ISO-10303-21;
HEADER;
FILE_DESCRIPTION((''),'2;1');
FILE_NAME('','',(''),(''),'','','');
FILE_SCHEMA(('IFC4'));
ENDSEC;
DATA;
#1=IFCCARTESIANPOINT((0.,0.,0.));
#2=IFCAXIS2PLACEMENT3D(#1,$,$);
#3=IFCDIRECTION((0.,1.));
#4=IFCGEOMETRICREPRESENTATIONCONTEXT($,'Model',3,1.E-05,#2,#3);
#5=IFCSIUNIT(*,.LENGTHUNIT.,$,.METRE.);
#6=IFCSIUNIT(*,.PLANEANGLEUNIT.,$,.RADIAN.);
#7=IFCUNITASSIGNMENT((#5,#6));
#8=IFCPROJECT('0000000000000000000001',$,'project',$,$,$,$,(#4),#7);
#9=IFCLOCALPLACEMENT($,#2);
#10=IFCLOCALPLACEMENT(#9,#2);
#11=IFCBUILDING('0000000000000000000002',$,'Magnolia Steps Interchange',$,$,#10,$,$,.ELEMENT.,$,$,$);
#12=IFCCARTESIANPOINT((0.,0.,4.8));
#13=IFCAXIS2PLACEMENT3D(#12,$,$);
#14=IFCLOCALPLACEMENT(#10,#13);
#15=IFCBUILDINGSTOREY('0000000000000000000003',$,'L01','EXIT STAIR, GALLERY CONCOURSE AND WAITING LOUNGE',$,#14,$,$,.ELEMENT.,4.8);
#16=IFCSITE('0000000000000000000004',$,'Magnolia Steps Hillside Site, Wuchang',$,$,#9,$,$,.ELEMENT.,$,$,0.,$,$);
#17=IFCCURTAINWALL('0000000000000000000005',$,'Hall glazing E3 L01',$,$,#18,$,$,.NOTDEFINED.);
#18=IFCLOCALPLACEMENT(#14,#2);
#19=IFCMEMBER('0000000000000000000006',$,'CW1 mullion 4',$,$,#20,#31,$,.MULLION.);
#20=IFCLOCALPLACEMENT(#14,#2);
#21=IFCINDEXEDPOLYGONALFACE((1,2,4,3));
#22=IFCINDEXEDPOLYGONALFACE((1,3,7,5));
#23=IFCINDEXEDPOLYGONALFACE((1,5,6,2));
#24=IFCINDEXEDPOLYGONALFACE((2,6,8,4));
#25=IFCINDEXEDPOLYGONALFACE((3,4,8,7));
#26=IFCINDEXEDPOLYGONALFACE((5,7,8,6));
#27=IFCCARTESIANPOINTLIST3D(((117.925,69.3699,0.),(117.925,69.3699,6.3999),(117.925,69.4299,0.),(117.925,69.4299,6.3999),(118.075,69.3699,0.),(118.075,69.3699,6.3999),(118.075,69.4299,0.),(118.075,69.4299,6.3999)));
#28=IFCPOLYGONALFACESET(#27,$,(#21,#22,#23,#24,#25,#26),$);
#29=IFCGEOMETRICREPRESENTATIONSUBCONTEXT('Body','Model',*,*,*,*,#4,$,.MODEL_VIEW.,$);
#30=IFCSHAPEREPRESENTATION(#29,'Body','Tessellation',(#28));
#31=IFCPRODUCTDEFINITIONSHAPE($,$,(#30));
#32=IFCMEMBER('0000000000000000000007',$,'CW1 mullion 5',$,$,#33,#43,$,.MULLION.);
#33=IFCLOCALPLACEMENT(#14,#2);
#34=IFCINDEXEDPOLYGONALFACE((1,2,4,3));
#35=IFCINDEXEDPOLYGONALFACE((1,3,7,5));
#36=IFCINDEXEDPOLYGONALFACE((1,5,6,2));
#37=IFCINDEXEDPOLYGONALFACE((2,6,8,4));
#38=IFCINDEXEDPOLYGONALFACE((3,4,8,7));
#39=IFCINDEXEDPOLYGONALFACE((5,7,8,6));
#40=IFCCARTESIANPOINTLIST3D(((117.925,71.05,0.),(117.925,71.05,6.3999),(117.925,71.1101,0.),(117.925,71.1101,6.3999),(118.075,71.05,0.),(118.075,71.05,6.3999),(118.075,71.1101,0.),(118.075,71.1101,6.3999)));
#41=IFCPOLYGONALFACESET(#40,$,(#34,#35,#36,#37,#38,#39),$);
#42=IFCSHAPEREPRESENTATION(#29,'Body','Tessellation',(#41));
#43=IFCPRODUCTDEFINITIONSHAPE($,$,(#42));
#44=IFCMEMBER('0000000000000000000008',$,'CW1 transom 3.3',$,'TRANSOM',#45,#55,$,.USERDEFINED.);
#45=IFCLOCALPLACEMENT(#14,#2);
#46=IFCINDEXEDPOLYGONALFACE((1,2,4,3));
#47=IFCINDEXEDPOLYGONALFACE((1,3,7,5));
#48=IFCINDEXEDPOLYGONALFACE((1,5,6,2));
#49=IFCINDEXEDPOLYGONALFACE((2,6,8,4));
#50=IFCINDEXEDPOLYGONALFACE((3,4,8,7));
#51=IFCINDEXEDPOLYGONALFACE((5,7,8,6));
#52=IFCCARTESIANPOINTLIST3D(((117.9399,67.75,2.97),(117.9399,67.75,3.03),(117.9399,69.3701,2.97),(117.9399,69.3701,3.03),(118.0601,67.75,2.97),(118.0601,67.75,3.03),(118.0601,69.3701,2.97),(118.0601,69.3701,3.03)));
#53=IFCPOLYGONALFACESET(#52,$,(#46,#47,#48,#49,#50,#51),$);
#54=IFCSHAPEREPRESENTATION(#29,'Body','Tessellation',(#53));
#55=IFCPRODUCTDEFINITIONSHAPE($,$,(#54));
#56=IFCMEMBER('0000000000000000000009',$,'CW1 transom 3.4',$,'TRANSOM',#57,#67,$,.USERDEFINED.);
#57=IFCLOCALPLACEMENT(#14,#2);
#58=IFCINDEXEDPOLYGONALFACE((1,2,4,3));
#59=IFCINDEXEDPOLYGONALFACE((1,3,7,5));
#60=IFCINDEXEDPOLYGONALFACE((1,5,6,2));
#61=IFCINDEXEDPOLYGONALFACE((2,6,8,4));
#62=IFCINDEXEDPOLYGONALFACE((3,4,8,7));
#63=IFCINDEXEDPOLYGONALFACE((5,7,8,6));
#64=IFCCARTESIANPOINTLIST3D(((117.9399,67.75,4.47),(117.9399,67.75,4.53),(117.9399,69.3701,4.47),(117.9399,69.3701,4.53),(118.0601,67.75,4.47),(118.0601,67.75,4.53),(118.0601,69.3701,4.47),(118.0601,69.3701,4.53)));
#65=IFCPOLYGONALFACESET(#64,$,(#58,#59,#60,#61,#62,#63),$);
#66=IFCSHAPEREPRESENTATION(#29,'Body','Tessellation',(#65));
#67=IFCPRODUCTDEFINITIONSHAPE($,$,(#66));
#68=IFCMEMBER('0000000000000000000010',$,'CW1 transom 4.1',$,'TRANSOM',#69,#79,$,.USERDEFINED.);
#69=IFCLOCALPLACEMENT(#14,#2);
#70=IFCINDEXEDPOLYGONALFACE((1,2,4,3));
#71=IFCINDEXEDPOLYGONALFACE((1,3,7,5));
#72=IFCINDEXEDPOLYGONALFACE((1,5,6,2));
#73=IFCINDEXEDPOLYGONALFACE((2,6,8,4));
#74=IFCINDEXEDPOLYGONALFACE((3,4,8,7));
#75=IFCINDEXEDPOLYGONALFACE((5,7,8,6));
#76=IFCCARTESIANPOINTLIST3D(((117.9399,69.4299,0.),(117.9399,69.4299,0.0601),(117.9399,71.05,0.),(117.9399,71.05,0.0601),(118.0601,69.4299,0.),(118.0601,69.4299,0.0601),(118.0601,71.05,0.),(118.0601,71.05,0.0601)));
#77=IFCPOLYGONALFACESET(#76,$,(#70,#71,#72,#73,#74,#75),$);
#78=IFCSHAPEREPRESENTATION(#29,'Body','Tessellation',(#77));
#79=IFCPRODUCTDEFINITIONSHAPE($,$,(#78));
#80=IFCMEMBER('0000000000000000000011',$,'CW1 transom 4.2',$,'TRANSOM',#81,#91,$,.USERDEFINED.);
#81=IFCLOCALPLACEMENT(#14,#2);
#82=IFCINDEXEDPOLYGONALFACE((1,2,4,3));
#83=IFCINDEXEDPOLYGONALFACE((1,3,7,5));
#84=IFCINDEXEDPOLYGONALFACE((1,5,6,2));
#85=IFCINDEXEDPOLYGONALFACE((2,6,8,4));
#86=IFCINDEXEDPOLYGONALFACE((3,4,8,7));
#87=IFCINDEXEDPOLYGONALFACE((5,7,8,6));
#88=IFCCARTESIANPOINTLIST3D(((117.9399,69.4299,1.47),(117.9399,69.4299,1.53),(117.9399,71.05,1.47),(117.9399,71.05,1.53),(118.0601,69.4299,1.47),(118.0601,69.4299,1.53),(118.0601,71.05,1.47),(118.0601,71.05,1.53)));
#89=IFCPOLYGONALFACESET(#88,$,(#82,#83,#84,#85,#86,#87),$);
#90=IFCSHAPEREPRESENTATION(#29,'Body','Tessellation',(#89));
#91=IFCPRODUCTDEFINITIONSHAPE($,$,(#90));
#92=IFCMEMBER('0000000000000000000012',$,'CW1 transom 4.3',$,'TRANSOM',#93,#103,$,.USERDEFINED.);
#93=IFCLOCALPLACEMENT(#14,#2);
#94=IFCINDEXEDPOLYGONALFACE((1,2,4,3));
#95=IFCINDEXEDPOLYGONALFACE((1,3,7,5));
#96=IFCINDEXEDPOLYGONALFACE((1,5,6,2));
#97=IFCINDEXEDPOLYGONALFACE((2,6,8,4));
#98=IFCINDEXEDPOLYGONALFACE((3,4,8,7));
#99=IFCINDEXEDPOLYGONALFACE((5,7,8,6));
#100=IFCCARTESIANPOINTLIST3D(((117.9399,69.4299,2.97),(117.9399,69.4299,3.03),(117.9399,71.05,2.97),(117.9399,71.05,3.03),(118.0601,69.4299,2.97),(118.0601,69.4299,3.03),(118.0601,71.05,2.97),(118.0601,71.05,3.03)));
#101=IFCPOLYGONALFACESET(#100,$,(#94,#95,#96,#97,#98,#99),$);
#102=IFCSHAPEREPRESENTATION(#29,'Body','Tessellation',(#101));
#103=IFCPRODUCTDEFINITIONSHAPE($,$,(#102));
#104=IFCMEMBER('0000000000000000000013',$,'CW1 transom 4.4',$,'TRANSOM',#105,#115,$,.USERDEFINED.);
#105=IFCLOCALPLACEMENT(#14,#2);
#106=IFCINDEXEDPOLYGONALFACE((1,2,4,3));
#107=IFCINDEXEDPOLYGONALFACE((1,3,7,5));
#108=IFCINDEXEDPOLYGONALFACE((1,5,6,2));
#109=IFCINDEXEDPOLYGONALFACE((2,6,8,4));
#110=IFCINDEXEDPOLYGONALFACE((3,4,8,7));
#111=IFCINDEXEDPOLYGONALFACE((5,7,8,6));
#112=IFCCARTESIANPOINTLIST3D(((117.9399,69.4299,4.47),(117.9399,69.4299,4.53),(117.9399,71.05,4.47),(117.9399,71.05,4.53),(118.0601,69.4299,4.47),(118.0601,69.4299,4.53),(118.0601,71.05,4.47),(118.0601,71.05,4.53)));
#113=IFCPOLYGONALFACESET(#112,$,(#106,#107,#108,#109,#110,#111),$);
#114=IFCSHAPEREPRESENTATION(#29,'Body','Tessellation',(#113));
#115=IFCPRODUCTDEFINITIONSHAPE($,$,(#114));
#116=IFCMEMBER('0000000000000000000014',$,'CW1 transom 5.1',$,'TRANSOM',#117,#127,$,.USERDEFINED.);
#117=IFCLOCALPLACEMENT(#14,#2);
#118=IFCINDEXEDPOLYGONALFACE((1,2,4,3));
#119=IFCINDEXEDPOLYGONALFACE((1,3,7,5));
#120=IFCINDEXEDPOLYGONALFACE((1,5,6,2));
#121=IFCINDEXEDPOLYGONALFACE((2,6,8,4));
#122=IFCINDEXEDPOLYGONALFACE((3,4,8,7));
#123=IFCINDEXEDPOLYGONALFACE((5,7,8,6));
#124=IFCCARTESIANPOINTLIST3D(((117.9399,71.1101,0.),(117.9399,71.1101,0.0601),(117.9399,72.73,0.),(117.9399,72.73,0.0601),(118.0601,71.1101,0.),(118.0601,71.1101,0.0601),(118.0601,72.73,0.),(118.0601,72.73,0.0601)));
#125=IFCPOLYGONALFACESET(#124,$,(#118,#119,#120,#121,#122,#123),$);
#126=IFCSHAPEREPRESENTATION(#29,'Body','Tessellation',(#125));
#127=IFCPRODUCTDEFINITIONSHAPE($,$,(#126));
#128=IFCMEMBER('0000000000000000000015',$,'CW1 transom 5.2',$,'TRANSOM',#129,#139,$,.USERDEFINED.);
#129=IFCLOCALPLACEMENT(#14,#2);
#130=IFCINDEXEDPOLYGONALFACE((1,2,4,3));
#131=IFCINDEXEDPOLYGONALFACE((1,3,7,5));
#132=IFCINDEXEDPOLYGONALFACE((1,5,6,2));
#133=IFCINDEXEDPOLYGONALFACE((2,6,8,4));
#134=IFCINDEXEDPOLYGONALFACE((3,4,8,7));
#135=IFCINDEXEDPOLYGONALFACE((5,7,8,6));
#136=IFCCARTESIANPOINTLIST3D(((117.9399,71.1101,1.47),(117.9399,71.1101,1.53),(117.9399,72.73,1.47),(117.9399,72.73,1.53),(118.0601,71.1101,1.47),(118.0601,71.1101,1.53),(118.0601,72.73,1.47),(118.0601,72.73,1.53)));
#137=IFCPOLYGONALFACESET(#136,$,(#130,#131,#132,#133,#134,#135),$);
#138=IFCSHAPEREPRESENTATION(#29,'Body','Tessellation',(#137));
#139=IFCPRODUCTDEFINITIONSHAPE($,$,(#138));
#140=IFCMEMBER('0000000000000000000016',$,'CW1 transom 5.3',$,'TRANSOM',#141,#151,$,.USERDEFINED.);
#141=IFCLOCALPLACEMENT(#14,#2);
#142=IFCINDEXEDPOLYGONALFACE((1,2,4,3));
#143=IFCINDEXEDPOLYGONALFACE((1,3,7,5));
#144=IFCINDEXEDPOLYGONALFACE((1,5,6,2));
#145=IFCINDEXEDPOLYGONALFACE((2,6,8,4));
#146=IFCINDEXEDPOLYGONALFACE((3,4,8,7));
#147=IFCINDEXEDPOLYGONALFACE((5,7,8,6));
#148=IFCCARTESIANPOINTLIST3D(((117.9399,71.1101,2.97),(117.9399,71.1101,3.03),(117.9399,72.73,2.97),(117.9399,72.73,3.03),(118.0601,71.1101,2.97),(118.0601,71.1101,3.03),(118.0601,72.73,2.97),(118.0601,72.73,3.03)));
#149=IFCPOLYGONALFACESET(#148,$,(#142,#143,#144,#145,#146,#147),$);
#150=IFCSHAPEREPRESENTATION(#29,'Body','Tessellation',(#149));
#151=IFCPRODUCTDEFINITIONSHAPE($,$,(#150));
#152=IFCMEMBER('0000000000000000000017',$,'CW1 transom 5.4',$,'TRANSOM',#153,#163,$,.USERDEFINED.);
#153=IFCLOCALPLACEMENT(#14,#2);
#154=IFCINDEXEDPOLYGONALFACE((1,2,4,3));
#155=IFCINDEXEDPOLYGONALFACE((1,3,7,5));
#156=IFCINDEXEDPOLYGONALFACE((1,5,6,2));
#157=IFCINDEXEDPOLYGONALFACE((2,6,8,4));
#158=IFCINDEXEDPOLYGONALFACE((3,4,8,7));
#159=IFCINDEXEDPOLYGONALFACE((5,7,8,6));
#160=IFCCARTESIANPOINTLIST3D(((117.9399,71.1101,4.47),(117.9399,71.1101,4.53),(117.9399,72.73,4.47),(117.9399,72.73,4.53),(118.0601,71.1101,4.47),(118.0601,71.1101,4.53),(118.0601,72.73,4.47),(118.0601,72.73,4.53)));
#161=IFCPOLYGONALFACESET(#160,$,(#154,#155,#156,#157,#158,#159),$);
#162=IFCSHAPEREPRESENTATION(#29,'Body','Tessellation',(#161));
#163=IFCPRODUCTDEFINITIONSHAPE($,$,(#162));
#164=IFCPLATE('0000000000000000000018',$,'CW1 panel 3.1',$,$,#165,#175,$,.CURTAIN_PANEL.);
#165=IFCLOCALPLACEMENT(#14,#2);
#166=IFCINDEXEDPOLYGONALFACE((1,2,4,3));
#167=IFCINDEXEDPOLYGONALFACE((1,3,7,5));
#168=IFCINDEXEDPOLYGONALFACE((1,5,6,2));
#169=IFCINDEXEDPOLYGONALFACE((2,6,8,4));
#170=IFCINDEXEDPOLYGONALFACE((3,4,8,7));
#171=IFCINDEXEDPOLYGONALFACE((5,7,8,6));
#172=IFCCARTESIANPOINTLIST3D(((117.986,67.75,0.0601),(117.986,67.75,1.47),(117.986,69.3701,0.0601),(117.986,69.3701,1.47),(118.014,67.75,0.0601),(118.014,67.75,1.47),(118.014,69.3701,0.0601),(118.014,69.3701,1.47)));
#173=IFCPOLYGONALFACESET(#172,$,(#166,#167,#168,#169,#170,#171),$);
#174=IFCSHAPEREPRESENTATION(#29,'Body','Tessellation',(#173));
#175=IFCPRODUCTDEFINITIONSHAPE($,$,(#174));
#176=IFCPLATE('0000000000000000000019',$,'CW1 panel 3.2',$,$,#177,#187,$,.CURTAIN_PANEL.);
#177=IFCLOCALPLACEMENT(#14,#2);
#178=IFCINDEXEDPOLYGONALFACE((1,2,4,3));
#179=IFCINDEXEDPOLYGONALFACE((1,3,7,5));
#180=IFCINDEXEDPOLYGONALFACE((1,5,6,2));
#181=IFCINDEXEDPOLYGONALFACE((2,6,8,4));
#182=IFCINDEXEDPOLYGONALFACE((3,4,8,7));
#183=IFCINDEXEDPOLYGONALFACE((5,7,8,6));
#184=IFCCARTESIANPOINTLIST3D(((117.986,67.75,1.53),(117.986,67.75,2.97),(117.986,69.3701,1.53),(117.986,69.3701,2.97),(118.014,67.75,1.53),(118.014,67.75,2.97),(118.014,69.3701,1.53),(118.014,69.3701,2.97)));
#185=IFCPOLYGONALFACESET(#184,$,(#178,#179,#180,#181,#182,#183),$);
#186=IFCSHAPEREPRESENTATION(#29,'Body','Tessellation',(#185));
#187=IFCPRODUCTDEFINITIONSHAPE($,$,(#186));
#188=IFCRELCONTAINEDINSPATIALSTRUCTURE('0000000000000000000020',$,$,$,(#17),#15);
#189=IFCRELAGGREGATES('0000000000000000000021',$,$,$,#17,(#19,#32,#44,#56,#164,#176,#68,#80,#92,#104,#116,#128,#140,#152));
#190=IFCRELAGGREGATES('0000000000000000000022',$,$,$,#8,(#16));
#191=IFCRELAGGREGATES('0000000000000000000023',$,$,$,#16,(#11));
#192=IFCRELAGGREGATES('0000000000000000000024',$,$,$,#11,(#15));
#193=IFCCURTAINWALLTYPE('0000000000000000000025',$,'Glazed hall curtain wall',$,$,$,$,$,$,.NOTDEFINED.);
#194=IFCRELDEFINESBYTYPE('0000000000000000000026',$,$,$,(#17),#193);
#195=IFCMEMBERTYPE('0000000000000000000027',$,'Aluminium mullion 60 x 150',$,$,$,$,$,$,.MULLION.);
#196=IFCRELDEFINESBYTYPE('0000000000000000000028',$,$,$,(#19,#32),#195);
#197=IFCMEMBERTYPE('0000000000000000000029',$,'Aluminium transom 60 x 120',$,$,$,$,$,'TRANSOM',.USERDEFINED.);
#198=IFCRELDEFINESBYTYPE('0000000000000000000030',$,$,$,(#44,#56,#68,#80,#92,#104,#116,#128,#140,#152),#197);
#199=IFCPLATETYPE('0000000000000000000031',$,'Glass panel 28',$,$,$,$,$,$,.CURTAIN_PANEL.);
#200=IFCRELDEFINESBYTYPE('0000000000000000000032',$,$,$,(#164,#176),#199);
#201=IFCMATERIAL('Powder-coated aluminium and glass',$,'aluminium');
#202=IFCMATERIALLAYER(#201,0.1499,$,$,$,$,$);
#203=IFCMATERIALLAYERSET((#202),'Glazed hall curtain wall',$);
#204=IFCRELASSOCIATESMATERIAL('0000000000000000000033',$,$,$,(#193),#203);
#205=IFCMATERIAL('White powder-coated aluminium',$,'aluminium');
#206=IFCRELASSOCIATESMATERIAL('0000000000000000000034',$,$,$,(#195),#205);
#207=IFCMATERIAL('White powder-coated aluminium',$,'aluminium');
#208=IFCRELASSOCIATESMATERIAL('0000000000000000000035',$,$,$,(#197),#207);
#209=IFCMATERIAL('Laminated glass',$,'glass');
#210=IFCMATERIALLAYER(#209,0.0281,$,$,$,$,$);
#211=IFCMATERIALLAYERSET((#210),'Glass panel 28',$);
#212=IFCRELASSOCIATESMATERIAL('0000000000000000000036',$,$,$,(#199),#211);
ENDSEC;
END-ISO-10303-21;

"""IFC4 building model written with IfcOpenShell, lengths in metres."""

from ifc_helpers import new_model, si_unit, direction, frame, origin, origin_2d, place, context, subcontext, project, spatial, rectangle, extrude, material, layer, layer_set, material_profile, profile_set, type_object, element, aggregate, save


model = new_model("IFC4")

# Units and contexts
model_context = context("Model", 3, precision=1e-05, world=origin(), true_north=direction((0.0, 1.0)))
body_context = subcontext(model_context, "Body", "Model", "MODEL_VIEW")
ifc_project = project(units=[si_unit("LENGTHUNIT", "METRE"), si_unit("PLANEANGLEUNIT", "RADIAN")], contexts=[model_context])

# Site, building, storey
site_placement = place(None, origin())
site = spatial("IfcSite", under=ifc_project, at=site_placement, Name="Magnolia Steps Hillside Site, Wuchang", CompositionType="ELEMENT", RefElevation=0.0)
building_placement = place(site_placement, origin())
building = spatial("IfcBuilding", under=site, at=building_placement, Name="Magnolia Steps Interchange", CompositionType="ELEMENT")
storey_placement = place(building_placement, frame((0.0, 0.0, 4.8)))
storey = spatial("IfcBuildingStorey", under=building, at=storey_placement, Name="L01", Description="EXIT STAIR, GALLERY CONCOURSE AND WAITING LOUNGE", CompositionType="ELEMENT", Elevation=4.8)

# Curtain wall, members, plates
ifc_material_1 = material(Name="Powder-coated aluminium and glass", Category="aluminium")
ifc_layer_1 = layer(ifc_material_1, 0.1499)
ifc_layer_set_1 = layer_set([ifc_layer_1], Name="Glazed hall curtain wall")
curtain_wall_type = type_object("IfcCurtainWallType", Name="Glazed hall curtain wall", PredefinedType="NOTDEFINED", material=ifc_layer_set_1)
curtain_wall_placement = place(storey_placement, origin())
curtain_wall = element("IfcCurtainWall", 1, at=curtain_wall_placement, inside=storey, type_object=curtain_wall_type, Name="Hall glazing E3 L01", PredefinedType="NOTDEFINED")
ifc_material_2 = material(Name="White powder-coated aluminium", Category="aluminium")
ifc_material_profile_1 = material_profile(ifc_material_2, rectangle(XDim=0.0601, YDim=0.1499, at=origin_2d()), Name="Aluminium mullion 60 x 150")
ifc_profile_set_1 = profile_set([ifc_material_profile_1], Name="White powder-coated aluminium")
member_type_1 = type_object("IfcMemberType", Name="Aluminium mullion 60 x 150", PredefinedType="MULLION", material=ifc_profile_set_1)
member_1_placement = place(storey_placement, frame((118.0, 69.3999, 0.0), z_axis=(0.0, 0.0, 1.0), x_axis=(0.0, 1.0, 0.0)))
member_1 = element("IfcMember", 2, at=member_1_placement, type_object=member_type_1, Name="CW1 mullion 4", PredefinedType="MULLION", context=body_context, shape_type="SweptSolid", body=[
    extrude(rectangle(XDim=0.0601, YDim=0.1499, at=origin_2d()), origin(), (0.0, 0.0, 1.0), 6.3999),
])
member_2_placement = place(storey_placement, frame((118.0, 71.0801, 0.0), z_axis=(0.0, 0.0, 1.0), x_axis=(0.0, 1.0, 0.0)))
member_2 = element("IfcMember", 3, at=member_2_placement, type_object=member_type_1, Name="CW1 mullion 5", PredefinedType="MULLION", context=body_context, shape_type="SweptSolid", body=[
    extrude(rectangle(XDim=0.0601, YDim=0.1499, at=origin_2d()), origin(), (0.0, 0.0, 1.0), 6.3999),
])
ifc_material_3 = material(Name="White powder-coated aluminium", Category="aluminium")
ifc_material_profile_2 = material_profile(ifc_material_3, rectangle(XDim=0.0601, YDim=0.1201, at=origin_2d()), Name="Aluminium transom 60 x 120")
ifc_profile_set_2 = profile_set([ifc_material_profile_2], Name="White powder-coated aluminium")
member_type_2 = type_object("IfcMemberType", Name="Aluminium transom 60 x 120", ElementType="TRANSOM", PredefinedType="USERDEFINED", material=ifc_profile_set_2)
member_3_placement = place(storey_placement, frame((118.0, 67.75, 3.0), z_axis=(0.0, 1.0, 0.0), x_axis=(0.0, 0.0, 1.0)))
member_3 = element("IfcMember", 4, at=member_3_placement, type_object=member_type_2, Name="CW1 transom 3.3", ObjectType="TRANSOM", PredefinedType="USERDEFINED", context=body_context, shape_type="SweptSolid", body=[
    extrude(rectangle(XDim=0.0601, YDim=0.1201, at=origin_2d()), origin(), (0.0, 0.0, 1.0), 1.6201),
])
member_4_placement = place(storey_placement, frame((118.0, 67.75, 4.5), z_axis=(0.0, 1.0, 0.0), x_axis=(0.0, 0.0, 1.0)))
member_4 = element("IfcMember", 5, at=member_4_placement, type_object=member_type_2, Name="CW1 transom 3.4", ObjectType="TRANSOM", PredefinedType="USERDEFINED", context=body_context, shape_type="SweptSolid", body=[
    extrude(rectangle(XDim=0.0601, YDim=0.1201, at=origin_2d()), origin(), (0.0, 0.0, 1.0), 1.6201),
])
member_5_placement = place(storey_placement, frame((118.0, 69.4299, 0.03), z_axis=(0.0, 1.0, 0.0), x_axis=(0.0, 0.0, 1.0)))
member_5 = element("IfcMember", 6, at=member_5_placement, type_object=member_type_2, Name="CW1 transom 4.1", ObjectType="TRANSOM", PredefinedType="USERDEFINED", context=body_context, shape_type="SweptSolid", body=[
    extrude(rectangle(XDim=0.0601, YDim=0.1201, at=origin_2d()), origin(), (0.0, 0.0, 1.0), 1.6201),
])
member_6_placement = place(storey_placement, frame((118.0, 69.4299, 1.5), z_axis=(0.0, 1.0, 0.0), x_axis=(0.0, 0.0, 1.0)))
member_6 = element("IfcMember", 7, at=member_6_placement, type_object=member_type_2, Name="CW1 transom 4.2", ObjectType="TRANSOM", PredefinedType="USERDEFINED", context=body_context, shape_type="SweptSolid", body=[
    extrude(rectangle(XDim=0.0601, YDim=0.1201, at=origin_2d()), origin(), (0.0, 0.0, 1.0), 1.6201),
])
member_7_placement = place(storey_placement, frame((118.0, 69.4299, 3.0), z_axis=(0.0, 1.0, 0.0), x_axis=(0.0, 0.0, 1.0)))
member_7 = element("IfcMember", 8, at=member_7_placement, type_object=member_type_2, Name="CW1 transom 4.3", ObjectType="TRANSOM", PredefinedType="USERDEFINED", context=body_context, shape_type="SweptSolid", body=[
    extrude(rectangle(XDim=0.0601, YDim=0.1201, at=origin_2d()), origin(), (0.0, 0.0, 1.0), 1.6201),
])
member_8_placement = place(storey_placement, frame((118.0, 69.4299, 4.5), z_axis=(0.0, 1.0, 0.0), x_axis=(0.0, 0.0, 1.0)))
member_8 = element("IfcMember", 9, at=member_8_placement, type_object=member_type_2, Name="CW1 transom 4.4", ObjectType="TRANSOM", PredefinedType="USERDEFINED", context=body_context, shape_type="SweptSolid", body=[
    extrude(rectangle(XDim=0.0601, YDim=0.1201, at=origin_2d()), origin(), (0.0, 0.0, 1.0), 1.6201),
])
member_9_placement = place(storey_placement, frame((118.0, 71.1101, 0.03), z_axis=(0.0, 1.0, 0.0), x_axis=(0.0, 0.0, 1.0)))
member_9 = element("IfcMember", 10, at=member_9_placement, type_object=member_type_2, Name="CW1 transom 5.1", ObjectType="TRANSOM", PredefinedType="USERDEFINED", context=body_context, shape_type="SweptSolid", body=[
    extrude(rectangle(XDim=0.0601, YDim=0.1201, at=origin_2d()), origin(), (0.0, 0.0, 1.0), 1.6199),
])
member_10_placement = place(storey_placement, frame((118.0, 71.1101, 1.5), z_axis=(0.0, 1.0, 0.0), x_axis=(0.0, 0.0, 1.0)))
member_10 = element("IfcMember", 11, at=member_10_placement, type_object=member_type_2, Name="CW1 transom 5.2", ObjectType="TRANSOM", PredefinedType="USERDEFINED", context=body_context, shape_type="SweptSolid", body=[
    extrude(rectangle(XDim=0.0601, YDim=0.1201, at=origin_2d()), origin(), (0.0, 0.0, 1.0), 1.6199),
])
member_11_placement = place(storey_placement, frame((118.0, 71.1101, 3.0), z_axis=(0.0, 1.0, 0.0), x_axis=(0.0, 0.0, 1.0)))
member_11 = element("IfcMember", 12, at=member_11_placement, type_object=member_type_2, Name="CW1 transom 5.3", ObjectType="TRANSOM", PredefinedType="USERDEFINED", context=body_context, shape_type="SweptSolid", body=[
    extrude(rectangle(XDim=0.0601, YDim=0.1201, at=origin_2d()), origin(), (0.0, 0.0, 1.0), 1.6199),
])
member_12_placement = place(storey_placement, frame((118.0, 71.1101, 4.5), z_axis=(0.0, 1.0, 0.0), x_axis=(0.0, 0.0, 1.0)))
member_12 = element("IfcMember", 13, at=member_12_placement, type_object=member_type_2, Name="CW1 transom 5.4", ObjectType="TRANSOM", PredefinedType="USERDEFINED", context=body_context, shape_type="SweptSolid", body=[
    extrude(rectangle(XDim=0.0601, YDim=0.1201, at=origin_2d()), origin(), (0.0, 0.0, 1.0), 1.6199),
])
ifc_material_4 = material(Name="Laminated glass", Category="glass")
ifc_layer_2 = layer(ifc_material_4, 0.0281)
ifc_layer_set_2 = layer_set([ifc_layer_2], Name="Glass panel 28")
plate_type = type_object("IfcPlateType", Name="Glass panel 28", PredefinedType="CURTAIN_PANEL", material=ifc_layer_set_2)
plate_1_placement = place(storey_placement, frame((118.0, 68.5601, 0.0601), z_axis=(0.0, 0.0, 1.0), x_axis=(0.0, 1.0, 0.0)))
plate_1 = element("IfcPlate", 14, at=plate_1_placement, type_object=plate_type, Name="CW1 panel 3.1", PredefinedType="CURTAIN_PANEL", context=body_context, shape_type="SweptSolid", body=[
    extrude(rectangle(XDim=1.6201, YDim=0.0281, at=origin_2d()), origin(), (0.0, 0.0, 1.0), 1.4099),
])
plate_2_placement = place(storey_placement, frame((118.0, 68.5601, 1.53), z_axis=(0.0, 0.0, 1.0), x_axis=(0.0, 1.0, 0.0)))
plate_2 = element("IfcPlate", 15, at=plate_2_placement, type_object=plate_type, Name="CW1 panel 3.2", PredefinedType="CURTAIN_PANEL", context=body_context, shape_type="SweptSolid", body=[
    extrude(rectangle(XDim=1.6201, YDim=0.0281, at=origin_2d()), origin(), (0.0, 0.0, 1.0), 1.4399),
])
aggregate(curtain_wall, [member_1, member_2, member_3, member_4, plate_1, plate_2, member_5, member_6, member_7, member_8, member_9, member_10, member_11, member_12])

save(model, "model.ifc")
